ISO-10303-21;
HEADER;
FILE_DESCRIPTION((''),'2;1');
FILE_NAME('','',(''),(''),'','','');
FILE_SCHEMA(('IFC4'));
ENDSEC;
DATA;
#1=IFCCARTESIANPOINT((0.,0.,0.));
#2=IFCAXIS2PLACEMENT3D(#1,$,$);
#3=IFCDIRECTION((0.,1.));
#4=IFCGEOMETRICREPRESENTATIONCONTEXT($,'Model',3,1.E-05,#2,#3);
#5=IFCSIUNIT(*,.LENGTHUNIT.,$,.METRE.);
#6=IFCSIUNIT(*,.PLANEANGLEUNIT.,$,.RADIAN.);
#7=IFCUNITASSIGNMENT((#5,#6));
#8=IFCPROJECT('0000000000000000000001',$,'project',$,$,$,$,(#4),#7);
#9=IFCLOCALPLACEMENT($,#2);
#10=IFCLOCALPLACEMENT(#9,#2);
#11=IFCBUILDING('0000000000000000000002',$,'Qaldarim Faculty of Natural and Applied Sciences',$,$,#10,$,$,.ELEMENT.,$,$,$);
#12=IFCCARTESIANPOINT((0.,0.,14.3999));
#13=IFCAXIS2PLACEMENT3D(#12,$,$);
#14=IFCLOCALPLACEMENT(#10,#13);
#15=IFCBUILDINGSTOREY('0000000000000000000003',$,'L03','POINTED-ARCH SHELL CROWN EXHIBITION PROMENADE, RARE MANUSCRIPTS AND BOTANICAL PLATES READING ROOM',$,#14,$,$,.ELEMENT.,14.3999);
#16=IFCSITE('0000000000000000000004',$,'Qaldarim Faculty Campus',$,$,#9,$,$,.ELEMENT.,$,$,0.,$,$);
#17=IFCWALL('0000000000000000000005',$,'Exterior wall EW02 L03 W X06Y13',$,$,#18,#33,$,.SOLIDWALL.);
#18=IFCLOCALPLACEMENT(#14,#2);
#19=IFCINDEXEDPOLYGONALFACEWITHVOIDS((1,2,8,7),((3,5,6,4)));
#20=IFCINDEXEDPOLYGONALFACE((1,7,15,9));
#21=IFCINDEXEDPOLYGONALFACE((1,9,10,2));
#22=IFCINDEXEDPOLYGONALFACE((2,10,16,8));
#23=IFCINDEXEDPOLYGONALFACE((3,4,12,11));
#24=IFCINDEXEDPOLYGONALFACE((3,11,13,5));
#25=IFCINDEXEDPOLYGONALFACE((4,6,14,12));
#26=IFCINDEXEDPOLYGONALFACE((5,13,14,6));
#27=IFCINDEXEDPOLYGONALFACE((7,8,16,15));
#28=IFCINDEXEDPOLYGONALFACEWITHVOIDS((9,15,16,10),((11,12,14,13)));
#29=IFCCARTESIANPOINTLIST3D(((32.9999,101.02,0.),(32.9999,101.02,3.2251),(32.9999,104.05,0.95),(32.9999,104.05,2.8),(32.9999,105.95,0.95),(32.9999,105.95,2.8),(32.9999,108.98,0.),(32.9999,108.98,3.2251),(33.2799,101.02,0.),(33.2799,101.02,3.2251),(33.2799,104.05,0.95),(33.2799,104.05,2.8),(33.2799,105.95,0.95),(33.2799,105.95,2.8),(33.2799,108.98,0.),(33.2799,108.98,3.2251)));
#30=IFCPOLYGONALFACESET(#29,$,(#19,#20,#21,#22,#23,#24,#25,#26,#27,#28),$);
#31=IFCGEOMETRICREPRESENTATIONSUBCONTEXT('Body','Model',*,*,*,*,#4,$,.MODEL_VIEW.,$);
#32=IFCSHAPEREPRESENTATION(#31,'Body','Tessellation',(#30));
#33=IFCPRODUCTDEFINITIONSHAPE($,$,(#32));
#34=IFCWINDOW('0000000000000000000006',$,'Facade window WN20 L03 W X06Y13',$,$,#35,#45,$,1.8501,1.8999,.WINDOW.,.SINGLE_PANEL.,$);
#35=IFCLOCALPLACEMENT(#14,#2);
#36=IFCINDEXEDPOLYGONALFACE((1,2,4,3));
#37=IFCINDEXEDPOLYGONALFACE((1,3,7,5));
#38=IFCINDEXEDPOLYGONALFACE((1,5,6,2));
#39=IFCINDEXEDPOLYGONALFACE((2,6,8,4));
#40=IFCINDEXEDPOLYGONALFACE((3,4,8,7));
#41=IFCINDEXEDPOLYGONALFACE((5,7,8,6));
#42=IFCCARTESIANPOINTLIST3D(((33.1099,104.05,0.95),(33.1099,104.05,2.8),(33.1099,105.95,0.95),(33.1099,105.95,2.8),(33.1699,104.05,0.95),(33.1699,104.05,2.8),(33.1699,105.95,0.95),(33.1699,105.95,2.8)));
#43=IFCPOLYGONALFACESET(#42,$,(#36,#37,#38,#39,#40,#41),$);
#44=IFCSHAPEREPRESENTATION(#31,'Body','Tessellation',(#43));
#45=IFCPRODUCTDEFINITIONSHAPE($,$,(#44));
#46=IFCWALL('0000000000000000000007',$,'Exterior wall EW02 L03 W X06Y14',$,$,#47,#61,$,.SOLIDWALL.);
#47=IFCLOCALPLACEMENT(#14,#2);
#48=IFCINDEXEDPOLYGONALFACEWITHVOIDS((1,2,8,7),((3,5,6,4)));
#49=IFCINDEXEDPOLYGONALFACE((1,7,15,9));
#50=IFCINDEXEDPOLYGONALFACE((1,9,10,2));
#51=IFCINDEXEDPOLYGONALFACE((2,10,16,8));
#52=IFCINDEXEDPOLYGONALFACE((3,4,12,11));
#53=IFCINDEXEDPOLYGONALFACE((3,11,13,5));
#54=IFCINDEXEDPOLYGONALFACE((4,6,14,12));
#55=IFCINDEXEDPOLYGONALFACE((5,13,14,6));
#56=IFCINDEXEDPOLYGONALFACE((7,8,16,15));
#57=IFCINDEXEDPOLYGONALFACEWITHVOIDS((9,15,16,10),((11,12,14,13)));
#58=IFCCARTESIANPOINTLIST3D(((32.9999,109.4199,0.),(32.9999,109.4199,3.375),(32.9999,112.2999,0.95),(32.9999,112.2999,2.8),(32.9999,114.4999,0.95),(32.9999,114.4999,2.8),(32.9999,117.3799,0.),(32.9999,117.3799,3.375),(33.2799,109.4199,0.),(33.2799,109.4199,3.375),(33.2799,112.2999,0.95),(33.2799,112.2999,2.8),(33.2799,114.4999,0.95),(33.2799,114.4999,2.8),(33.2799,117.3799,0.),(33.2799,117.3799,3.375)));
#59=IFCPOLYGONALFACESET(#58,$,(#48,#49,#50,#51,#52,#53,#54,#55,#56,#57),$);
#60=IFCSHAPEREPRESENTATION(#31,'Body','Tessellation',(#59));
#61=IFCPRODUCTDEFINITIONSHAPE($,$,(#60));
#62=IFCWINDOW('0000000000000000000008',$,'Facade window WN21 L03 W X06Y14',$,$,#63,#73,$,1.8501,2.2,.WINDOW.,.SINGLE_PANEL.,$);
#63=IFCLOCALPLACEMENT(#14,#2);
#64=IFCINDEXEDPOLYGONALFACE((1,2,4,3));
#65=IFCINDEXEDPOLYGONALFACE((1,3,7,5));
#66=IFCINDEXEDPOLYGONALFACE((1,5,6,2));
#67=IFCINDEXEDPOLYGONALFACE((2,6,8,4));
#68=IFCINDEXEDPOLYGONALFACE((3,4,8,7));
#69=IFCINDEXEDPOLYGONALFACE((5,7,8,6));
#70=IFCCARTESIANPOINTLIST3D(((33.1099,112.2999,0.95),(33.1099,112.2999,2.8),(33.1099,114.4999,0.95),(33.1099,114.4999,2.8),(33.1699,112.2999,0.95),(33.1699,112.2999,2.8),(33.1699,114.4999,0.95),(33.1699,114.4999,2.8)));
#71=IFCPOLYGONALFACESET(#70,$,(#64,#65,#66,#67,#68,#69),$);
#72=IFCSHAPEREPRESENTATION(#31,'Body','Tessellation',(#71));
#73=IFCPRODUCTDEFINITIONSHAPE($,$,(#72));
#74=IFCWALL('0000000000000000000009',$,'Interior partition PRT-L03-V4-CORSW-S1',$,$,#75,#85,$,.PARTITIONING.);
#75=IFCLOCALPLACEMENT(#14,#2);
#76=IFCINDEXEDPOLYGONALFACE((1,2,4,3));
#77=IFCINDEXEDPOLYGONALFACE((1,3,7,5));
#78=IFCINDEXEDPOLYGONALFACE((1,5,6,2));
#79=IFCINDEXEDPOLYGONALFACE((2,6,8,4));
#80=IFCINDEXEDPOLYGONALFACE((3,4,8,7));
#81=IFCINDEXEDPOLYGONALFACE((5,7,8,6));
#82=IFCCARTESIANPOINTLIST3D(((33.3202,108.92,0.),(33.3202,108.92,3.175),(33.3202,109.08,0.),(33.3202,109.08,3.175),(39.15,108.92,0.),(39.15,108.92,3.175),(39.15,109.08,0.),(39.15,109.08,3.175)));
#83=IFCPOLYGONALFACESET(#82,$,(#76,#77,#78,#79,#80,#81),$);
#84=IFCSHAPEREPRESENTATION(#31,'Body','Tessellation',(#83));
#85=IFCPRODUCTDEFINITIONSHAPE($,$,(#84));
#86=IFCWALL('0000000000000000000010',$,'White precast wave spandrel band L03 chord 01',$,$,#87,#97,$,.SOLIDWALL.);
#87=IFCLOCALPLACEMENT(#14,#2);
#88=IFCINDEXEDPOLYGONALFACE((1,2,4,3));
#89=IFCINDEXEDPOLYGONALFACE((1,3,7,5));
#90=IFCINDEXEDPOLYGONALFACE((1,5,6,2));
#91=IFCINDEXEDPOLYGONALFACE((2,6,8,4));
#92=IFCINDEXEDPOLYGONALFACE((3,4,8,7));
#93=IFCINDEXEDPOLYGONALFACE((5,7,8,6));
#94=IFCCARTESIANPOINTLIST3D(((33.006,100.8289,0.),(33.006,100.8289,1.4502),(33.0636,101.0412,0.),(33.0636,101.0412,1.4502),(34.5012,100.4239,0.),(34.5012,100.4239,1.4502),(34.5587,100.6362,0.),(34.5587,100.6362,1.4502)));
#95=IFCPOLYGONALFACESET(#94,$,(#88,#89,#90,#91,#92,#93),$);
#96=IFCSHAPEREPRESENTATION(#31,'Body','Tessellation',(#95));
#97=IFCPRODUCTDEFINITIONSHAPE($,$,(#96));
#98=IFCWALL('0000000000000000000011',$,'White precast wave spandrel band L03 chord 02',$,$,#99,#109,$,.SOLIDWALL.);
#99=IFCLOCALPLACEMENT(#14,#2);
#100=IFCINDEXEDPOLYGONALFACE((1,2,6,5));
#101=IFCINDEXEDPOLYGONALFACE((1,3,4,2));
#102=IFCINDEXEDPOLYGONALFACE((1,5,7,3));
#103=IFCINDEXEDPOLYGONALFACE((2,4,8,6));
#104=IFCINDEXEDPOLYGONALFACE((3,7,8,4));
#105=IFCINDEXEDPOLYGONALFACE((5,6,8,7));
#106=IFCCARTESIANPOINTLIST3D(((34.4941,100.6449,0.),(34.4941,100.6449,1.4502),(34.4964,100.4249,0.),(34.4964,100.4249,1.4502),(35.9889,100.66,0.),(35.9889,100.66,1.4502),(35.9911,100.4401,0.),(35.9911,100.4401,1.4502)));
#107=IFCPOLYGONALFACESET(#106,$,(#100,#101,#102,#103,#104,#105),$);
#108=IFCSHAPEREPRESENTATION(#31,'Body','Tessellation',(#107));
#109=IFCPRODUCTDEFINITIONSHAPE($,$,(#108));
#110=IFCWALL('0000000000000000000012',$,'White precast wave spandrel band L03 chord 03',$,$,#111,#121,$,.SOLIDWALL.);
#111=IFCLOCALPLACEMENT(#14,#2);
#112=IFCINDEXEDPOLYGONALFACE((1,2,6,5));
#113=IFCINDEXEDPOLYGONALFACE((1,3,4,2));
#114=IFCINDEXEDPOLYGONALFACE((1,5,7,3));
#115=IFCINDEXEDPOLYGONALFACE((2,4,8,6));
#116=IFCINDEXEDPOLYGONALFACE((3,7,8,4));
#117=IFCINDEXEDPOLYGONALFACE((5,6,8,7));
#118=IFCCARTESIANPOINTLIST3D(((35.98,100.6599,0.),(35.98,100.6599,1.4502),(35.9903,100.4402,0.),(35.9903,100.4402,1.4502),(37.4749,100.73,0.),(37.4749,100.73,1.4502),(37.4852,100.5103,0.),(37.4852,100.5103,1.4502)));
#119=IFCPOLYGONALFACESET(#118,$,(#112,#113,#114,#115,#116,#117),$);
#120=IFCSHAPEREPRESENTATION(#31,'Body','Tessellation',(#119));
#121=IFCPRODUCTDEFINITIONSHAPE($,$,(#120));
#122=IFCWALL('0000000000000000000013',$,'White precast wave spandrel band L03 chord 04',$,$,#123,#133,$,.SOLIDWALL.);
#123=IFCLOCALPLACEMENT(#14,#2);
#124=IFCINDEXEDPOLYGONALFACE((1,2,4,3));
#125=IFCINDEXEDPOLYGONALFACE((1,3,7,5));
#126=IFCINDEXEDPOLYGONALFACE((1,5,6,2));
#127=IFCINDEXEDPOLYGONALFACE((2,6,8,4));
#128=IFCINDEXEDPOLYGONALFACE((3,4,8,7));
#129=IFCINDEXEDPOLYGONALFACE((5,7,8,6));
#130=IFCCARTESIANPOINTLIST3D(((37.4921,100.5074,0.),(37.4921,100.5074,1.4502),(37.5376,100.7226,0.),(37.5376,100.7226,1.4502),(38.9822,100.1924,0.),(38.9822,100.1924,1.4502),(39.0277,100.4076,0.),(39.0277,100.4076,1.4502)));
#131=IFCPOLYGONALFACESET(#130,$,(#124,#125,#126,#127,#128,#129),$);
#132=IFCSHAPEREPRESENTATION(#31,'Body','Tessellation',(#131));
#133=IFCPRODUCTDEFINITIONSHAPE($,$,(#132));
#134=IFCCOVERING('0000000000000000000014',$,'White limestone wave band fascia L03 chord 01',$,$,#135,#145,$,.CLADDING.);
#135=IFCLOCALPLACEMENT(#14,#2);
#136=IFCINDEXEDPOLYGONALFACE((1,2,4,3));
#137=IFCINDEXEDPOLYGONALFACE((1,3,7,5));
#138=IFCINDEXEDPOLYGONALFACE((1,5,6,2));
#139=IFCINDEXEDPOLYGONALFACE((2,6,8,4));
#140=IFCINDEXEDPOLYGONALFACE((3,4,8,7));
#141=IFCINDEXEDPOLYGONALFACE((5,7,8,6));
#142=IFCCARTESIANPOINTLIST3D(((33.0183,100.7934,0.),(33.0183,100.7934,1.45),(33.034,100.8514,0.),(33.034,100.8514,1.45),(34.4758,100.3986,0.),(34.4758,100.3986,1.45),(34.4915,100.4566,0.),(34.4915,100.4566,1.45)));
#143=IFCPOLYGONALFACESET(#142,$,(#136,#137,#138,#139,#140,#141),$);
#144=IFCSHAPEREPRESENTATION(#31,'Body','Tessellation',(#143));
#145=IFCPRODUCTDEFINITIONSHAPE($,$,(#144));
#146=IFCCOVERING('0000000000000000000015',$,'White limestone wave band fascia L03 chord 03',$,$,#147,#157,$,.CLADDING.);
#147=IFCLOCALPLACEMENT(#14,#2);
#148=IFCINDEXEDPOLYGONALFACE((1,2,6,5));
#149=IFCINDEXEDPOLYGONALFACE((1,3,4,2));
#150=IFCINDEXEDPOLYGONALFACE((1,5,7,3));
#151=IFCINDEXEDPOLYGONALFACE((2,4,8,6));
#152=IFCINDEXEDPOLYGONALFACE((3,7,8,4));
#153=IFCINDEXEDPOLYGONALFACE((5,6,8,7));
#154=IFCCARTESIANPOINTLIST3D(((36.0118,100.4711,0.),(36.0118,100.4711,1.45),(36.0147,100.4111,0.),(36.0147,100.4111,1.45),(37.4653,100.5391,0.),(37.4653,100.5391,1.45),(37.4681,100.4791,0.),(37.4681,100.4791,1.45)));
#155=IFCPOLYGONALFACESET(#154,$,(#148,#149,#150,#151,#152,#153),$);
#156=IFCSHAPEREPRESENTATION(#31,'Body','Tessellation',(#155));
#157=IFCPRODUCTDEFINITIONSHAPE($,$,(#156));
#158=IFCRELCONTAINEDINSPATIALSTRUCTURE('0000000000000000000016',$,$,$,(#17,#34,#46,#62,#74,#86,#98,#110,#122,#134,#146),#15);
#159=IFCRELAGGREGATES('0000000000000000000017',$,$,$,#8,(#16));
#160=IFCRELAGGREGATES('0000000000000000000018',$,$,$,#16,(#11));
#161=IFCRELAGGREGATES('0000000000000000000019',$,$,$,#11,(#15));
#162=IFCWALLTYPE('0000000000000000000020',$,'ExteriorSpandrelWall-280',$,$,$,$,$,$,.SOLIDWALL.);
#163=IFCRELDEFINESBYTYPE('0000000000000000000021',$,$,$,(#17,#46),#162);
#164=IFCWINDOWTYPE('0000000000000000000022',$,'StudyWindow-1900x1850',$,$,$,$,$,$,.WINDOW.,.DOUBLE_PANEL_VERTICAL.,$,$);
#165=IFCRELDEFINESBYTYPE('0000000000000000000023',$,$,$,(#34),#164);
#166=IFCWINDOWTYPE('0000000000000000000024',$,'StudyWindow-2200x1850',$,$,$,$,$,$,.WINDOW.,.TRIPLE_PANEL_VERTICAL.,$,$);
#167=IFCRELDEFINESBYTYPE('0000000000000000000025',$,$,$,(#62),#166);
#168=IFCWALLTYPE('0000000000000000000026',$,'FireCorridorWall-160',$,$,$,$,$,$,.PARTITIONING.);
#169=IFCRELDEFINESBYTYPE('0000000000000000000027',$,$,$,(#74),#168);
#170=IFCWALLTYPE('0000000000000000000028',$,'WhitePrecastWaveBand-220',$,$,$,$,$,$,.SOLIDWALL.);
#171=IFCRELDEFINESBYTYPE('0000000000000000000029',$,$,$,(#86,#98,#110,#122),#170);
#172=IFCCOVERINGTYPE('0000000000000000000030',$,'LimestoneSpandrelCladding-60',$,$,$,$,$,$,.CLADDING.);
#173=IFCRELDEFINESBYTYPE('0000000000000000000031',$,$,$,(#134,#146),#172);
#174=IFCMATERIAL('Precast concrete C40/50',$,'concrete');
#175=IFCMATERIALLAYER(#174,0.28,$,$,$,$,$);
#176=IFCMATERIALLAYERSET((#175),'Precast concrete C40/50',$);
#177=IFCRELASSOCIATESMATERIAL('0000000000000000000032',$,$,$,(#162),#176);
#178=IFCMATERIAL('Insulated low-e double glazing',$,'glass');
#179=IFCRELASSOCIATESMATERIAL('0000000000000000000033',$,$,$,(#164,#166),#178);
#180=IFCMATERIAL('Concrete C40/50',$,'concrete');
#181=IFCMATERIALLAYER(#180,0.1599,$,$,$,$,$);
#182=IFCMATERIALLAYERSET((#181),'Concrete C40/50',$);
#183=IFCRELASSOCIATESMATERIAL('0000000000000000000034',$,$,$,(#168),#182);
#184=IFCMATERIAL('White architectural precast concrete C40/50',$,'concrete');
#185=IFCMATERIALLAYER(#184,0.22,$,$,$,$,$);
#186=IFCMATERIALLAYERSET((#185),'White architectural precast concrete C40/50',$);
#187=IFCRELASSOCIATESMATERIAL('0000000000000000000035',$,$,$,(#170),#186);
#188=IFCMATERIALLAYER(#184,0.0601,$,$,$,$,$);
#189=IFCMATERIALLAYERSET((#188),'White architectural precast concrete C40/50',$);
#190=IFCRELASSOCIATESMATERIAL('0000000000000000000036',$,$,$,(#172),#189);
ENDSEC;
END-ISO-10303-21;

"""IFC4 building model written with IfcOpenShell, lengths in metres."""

from ifc_helpers import new_model, si_unit, direction, frame, frame_2d, origin, origin_2d, place, context, subcontext, project, spatial, rectangle, extrude, material, layer, layer_set, type_object, element, fill, save


model = new_model("IFC4")

# Units and contexts
model_context = context("Model", 3, precision=1e-05, world=origin(), true_north=direction((0.0, 1.0)))
body_context = subcontext(model_context, "Body", "Model", "MODEL_VIEW")
ifc_project = project(units=[si_unit("LENGTHUNIT", "METRE"), si_unit("PLANEANGLEUNIT", "RADIAN")], contexts=[model_context])

# Site, building, storey
site_placement = place(None, origin())
site = spatial("IfcSite", under=ifc_project, at=site_placement, Name="Qaldarim Faculty Campus", CompositionType="ELEMENT", RefElevation=0.0)
building_placement = place(site_placement, origin())
building = spatial("IfcBuilding", under=site, at=building_placement, Name="Qaldarim Faculty of Natural and Applied Sciences", CompositionType="ELEMENT")
storey_placement = place(building_placement, frame((0.0, 0.0, 14.3999)))
storey = spatial("IfcBuildingStorey", under=building, at=storey_placement, Name="L03", Description="POINTED-ARCH SHELL CROWN EXHIBITION PROMENADE, RARE MANUSCRIPTS AND BOTANICAL PLATES READING ROOM", CompositionType="ELEMENT", Elevation=14.3999)

# Shared definitions
ifc_material_1 = material(Name="Concrete C40/50", Category="concrete")

# Shared definitions
ifc_material_2 = material(Name="Precast concrete C40/50", Category="concrete")

# Walls, openings, windows
ifc_layer_1 = layer(ifc_material_2, 0.28)
ifc_layer_set_1 = layer_set([ifc_layer_1], Name="Precast concrete C40/50")
wall_type_1 = type_object("IfcWallType", Name="ExteriorSpandrelWall-280", PredefinedType="SOLIDWALL", material=ifc_layer_set_1)
ifc_material_3 = material(Name="Insulated low-e double glazing", Category="glass")
wall_1_placement = place(storey_placement, frame((33.1399, 108.98, 0.0), z_axis=(0.0, 0.0, 1.0), x_axis=(0.0, -1.0, 0.0)))
wall_1 = element("IfcWall", 1, at=wall_1_placement, inside=storey, type_object=wall_type_1, Name="Exterior wall EW02 L03 W X06Y13", PredefinedType="SOLIDWALL", context=body_context, shape_type="SweptSolid", body=[
    extrude(rectangle(XDim=7.96, YDim=0.28, at=frame_2d((3.98, 0.0))), origin(), (0.0, 0.0, 1.0), 3.2251),
])
opening_1_placement = place(wall_1_placement, frame((3.03, 0.0, 0.95)))
opening_1 = element("IfcOpeningElement", 2, at=opening_1_placement, cuts=wall_1, PredefinedType="OPENING", context=body_context, shape_type="SweptSolid", body=[
    extrude(rectangle(XDim=1.8999, YDim=1.8501, at=frame_2d((0.95, 0.925))), frame((0.0, 0.1499, 0.0), z_axis=(0.0, -1.0, 0.0), x_axis=(1.0, 0.0, 0.0)), (0.0, 0.0, 1.0), 0.3),
])
window_type_1 = type_object("IfcWindowType", Name="StudyWindow-1900x1850", PartitioningType="DOUBLE_PANEL_VERTICAL", PredefinedType="WINDOW", material=ifc_material_3)
window_1_placement = place(opening_1_placement, origin())
window_1 = element("IfcWindow", 3, at=window_1_placement, inside=storey, type_object=window_type_1, Name="Facade window WN20 L03 W X06Y13", OverallHeight=1.8501, OverallWidth=1.8999, PartitioningType="SINGLE_PANEL", PredefinedType="WINDOW", context=body_context, shape_type="SweptSolid", body=[
    extrude(rectangle(XDim=1.8999, YDim=1.8501, at=frame_2d((0.95, 0.925))), frame((0.0, 0.03, 0.0), z_axis=(0.0, -1.0, 0.0), x_axis=(1.0, 0.0, 0.0)), (0.0, 0.0, 1.0), 0.0601),
])
fill(opening_1, window_1)
wall_2_placement = place(storey_placement, frame((33.1399, 117.3799, 0.0), z_axis=(0.0, 0.0, 1.0), x_axis=(0.0, -1.0, 0.0)))
wall_2 = element("IfcWall", 4, at=wall_2_placement, inside=storey, type_object=wall_type_1, Name="Exterior wall EW02 L03 W X06Y14", PredefinedType="SOLIDWALL", context=body_context, shape_type="SweptSolid", body=[
    extrude(rectangle(XDim=7.96, YDim=0.28, at=frame_2d((3.98, 0.0))), origin(), (0.0, 0.0, 1.0), 3.375),
])
opening_2_placement = place(wall_2_placement, frame((2.8799, 0.0, 0.95)))
opening_2 = element("IfcOpeningElement", 5, at=opening_2_placement, cuts=wall_2, PredefinedType="OPENING", context=body_context, shape_type="SweptSolid", body=[
    extrude(rectangle(XDim=2.2, YDim=1.8501, at=frame_2d((1.1001, 0.925))), frame((0.0, 0.1499, 0.0), z_axis=(0.0, -1.0, 0.0), x_axis=(1.0, 0.0, 0.0)), (0.0, 0.0, 1.0), 0.3),
])
window_type_2 = type_object("IfcWindowType", Name="StudyWindow-2200x1850", PartitioningType="TRIPLE_PANEL_VERTICAL", PredefinedType="WINDOW", material=ifc_material_3)
window_2_placement = place(opening_2_placement, origin())
window_2 = element("IfcWindow", 6, at=window_2_placement, inside=storey, type_object=window_type_2, Name="Facade window WN21 L03 W X06Y14", OverallHeight=1.8501, OverallWidth=2.2, PartitioningType="SINGLE_PANEL", PredefinedType="WINDOW", context=body_context, shape_type="SweptSolid", body=[
    extrude(rectangle(XDim=2.2, YDim=1.8501, at=frame_2d((1.1001, 0.925))), frame((0.0, 0.03, 0.0), z_axis=(0.0, -1.0, 0.0), x_axis=(1.0, 0.0, 0.0)), (0.0, 0.0, 1.0), 0.0601),
])
fill(opening_2, window_2)

# Walls
ifc_layer_2 = layer(ifc_material_1, 0.1599)
ifc_layer_set_2 = layer_set([ifc_layer_2], Name="Concrete C40/50")
wall_type_2 = type_object("IfcWallType", Name="FireCorridorWall-160", PredefinedType="PARTITIONING", material=ifc_layer_set_2)
wall_3_placement = place(storey_placement, frame((33.3201, 109.0, 0.0), z_axis=(0.0, 0.0, 1.0), x_axis=(1.0, 0.0, 0.0)))
element("IfcWall", 7, at=wall_3_placement, inside=storey, type_object=wall_type_2, Name="Interior partition PRT-L03-V4-CORSW-S1", PredefinedType="PARTITIONING", context=body_context, shape_type="SweptSolid", body=[
    extrude(rectangle(XDim=5.8298, YDim=0.1599, at=frame_2d((2.915, 0.0))), origin(), (0.0, 0.0, 1.0), 3.175),
])
ifc_material_4 = material(Name="White architectural precast concrete C40/50", Category="concrete")
ifc_layer_3 = layer(ifc_material_4, 0.22)
ifc_layer_set_3 = layer_set([ifc_layer_3], Name="White architectural precast concrete C40/50")
wall_type_3 = type_object("IfcWallType", Name="WhitePrecastWaveBand-220", PredefinedType="SOLIDWALL", material=ifc_layer_set_3)
wall_4_placement = place(storey_placement, frame((33.0349, 100.9351, 0.0), z_axis=(0.0, 0.0, 1.0), x_axis=(0.96521, -0.261477, 0.0)))
element("IfcWall", 8, at=wall_4_placement, inside=storey, type_object=wall_type_3, Name="White precast wave spandrel band L03 chord 01", PredefinedType="SOLIDWALL", context=body_context, shape_type="SweptSolid", body=[
    extrude(rectangle(XDim=1.5491, YDim=0.22, at=frame_2d((0.7744, 0.0))), origin(), (0.0, 0.0, 1.0), 1.4502),
])
wall_5_placement = place(storey_placement, frame((34.4951, 100.5349, 0.0), z_axis=(0.0, 0.0, 1.0), x_axis=(0.999949, 0.010125, 0.0)))
element("IfcWall", 9, at=wall_5_placement, inside=storey, type_object=wall_type_3, Name="White precast wave spandrel band L03 chord 02", PredefinedType="SOLIDWALL", context=body_context, shape_type="SweptSolid", body=[
    extrude(rectangle(XDim=1.4949, YDim=0.22, at=frame_2d((0.7476, 0.0))), origin(), (0.0, 0.0, 1.0), 1.4502),
])
wall_6_placement = place(storey_placement, frame((35.9851, 100.55, 0.0), z_axis=(0.0, 0.0, 1.0), x_axis=(0.998903, 0.046821, 0.0)))
element("IfcWall", 10, at=wall_6_placement, inside=storey, type_object=wall_type_3, Name="White precast wave spandrel band L03 chord 03", PredefinedType="SOLIDWALL", context=body_context, shape_type="SweptSolid", body=[
    extrude(rectangle(XDim=1.4966, YDim=0.22, at=frame_2d((0.7483, 0.0))), origin(), (0.0, 0.0, 1.0), 1.4502),
])
wall_7_placement = place(storey_placement, frame((37.5149, 100.615, 0.0), z_axis=(0.0, 0.0, 1.0), x_axis=(0.978383, -0.206802, 0.0)))
element("IfcWall", 11, at=wall_7_placement, inside=storey, type_object=wall_type_3, Name="White precast wave spandrel band L03 chord 04", PredefinedType="SOLIDWALL", context=body_context, shape_type="SweptSolid", body=[
    extrude(rectangle(XDim=1.5229, YDim=0.22, at=frame_2d((0.7615, 0.0))), origin(), (0.0, 0.0, 1.0), 1.4502),
])

# Coverings
ifc_layer_4 = layer(ifc_material_4, 0.0601)
ifc_layer_set_4 = layer_set([ifc_layer_4], Name="White architectural precast concrete C40/50")
covering_type = type_object("IfcCoveringType", Name="LimestoneSpandrelCladding-60", PredefinedType="CLADDING", material=ifc_layer_set_4)
covering_1_placement = place(storey_placement, frame((33.7549, 100.625, 0.0), z_axis=(0.0, 0.0, 1.0), x_axis=(0.965208, -0.261482, 0.0)))
element("IfcCovering", 12, at=covering_1_placement, inside=storey, type_object=covering_type, Name="White limestone wave band fascia L03 chord 01", PredefinedType="CLADDING", context=body_context, shape_type="SweptSolid", body=[
    extrude(rectangle(XDim=1.51, YDim=0.0601, at=origin_2d()), origin(), (0.0, 0.0, 1.0), 1.45),
])
covering_2_placement = place(storey_placement, frame((36.74, 100.4751, 0.0), z_axis=(0.0, 0.0, 1.0), x_axis=(0.998905, 0.046775, 0.0)))
element("IfcCovering", 13, at=covering_2_placement, inside=storey, type_object=covering_type, Name="White limestone wave band fascia L03 chord 03", PredefinedType="CLADDING", context=body_context, shape_type="SweptSolid", body=[
    extrude(rectangle(XDim=1.4551, YDim=0.0601, at=origin_2d()), origin(), (0.0, 0.0, 1.0), 1.45),
])

save(model, "model.ifc")
